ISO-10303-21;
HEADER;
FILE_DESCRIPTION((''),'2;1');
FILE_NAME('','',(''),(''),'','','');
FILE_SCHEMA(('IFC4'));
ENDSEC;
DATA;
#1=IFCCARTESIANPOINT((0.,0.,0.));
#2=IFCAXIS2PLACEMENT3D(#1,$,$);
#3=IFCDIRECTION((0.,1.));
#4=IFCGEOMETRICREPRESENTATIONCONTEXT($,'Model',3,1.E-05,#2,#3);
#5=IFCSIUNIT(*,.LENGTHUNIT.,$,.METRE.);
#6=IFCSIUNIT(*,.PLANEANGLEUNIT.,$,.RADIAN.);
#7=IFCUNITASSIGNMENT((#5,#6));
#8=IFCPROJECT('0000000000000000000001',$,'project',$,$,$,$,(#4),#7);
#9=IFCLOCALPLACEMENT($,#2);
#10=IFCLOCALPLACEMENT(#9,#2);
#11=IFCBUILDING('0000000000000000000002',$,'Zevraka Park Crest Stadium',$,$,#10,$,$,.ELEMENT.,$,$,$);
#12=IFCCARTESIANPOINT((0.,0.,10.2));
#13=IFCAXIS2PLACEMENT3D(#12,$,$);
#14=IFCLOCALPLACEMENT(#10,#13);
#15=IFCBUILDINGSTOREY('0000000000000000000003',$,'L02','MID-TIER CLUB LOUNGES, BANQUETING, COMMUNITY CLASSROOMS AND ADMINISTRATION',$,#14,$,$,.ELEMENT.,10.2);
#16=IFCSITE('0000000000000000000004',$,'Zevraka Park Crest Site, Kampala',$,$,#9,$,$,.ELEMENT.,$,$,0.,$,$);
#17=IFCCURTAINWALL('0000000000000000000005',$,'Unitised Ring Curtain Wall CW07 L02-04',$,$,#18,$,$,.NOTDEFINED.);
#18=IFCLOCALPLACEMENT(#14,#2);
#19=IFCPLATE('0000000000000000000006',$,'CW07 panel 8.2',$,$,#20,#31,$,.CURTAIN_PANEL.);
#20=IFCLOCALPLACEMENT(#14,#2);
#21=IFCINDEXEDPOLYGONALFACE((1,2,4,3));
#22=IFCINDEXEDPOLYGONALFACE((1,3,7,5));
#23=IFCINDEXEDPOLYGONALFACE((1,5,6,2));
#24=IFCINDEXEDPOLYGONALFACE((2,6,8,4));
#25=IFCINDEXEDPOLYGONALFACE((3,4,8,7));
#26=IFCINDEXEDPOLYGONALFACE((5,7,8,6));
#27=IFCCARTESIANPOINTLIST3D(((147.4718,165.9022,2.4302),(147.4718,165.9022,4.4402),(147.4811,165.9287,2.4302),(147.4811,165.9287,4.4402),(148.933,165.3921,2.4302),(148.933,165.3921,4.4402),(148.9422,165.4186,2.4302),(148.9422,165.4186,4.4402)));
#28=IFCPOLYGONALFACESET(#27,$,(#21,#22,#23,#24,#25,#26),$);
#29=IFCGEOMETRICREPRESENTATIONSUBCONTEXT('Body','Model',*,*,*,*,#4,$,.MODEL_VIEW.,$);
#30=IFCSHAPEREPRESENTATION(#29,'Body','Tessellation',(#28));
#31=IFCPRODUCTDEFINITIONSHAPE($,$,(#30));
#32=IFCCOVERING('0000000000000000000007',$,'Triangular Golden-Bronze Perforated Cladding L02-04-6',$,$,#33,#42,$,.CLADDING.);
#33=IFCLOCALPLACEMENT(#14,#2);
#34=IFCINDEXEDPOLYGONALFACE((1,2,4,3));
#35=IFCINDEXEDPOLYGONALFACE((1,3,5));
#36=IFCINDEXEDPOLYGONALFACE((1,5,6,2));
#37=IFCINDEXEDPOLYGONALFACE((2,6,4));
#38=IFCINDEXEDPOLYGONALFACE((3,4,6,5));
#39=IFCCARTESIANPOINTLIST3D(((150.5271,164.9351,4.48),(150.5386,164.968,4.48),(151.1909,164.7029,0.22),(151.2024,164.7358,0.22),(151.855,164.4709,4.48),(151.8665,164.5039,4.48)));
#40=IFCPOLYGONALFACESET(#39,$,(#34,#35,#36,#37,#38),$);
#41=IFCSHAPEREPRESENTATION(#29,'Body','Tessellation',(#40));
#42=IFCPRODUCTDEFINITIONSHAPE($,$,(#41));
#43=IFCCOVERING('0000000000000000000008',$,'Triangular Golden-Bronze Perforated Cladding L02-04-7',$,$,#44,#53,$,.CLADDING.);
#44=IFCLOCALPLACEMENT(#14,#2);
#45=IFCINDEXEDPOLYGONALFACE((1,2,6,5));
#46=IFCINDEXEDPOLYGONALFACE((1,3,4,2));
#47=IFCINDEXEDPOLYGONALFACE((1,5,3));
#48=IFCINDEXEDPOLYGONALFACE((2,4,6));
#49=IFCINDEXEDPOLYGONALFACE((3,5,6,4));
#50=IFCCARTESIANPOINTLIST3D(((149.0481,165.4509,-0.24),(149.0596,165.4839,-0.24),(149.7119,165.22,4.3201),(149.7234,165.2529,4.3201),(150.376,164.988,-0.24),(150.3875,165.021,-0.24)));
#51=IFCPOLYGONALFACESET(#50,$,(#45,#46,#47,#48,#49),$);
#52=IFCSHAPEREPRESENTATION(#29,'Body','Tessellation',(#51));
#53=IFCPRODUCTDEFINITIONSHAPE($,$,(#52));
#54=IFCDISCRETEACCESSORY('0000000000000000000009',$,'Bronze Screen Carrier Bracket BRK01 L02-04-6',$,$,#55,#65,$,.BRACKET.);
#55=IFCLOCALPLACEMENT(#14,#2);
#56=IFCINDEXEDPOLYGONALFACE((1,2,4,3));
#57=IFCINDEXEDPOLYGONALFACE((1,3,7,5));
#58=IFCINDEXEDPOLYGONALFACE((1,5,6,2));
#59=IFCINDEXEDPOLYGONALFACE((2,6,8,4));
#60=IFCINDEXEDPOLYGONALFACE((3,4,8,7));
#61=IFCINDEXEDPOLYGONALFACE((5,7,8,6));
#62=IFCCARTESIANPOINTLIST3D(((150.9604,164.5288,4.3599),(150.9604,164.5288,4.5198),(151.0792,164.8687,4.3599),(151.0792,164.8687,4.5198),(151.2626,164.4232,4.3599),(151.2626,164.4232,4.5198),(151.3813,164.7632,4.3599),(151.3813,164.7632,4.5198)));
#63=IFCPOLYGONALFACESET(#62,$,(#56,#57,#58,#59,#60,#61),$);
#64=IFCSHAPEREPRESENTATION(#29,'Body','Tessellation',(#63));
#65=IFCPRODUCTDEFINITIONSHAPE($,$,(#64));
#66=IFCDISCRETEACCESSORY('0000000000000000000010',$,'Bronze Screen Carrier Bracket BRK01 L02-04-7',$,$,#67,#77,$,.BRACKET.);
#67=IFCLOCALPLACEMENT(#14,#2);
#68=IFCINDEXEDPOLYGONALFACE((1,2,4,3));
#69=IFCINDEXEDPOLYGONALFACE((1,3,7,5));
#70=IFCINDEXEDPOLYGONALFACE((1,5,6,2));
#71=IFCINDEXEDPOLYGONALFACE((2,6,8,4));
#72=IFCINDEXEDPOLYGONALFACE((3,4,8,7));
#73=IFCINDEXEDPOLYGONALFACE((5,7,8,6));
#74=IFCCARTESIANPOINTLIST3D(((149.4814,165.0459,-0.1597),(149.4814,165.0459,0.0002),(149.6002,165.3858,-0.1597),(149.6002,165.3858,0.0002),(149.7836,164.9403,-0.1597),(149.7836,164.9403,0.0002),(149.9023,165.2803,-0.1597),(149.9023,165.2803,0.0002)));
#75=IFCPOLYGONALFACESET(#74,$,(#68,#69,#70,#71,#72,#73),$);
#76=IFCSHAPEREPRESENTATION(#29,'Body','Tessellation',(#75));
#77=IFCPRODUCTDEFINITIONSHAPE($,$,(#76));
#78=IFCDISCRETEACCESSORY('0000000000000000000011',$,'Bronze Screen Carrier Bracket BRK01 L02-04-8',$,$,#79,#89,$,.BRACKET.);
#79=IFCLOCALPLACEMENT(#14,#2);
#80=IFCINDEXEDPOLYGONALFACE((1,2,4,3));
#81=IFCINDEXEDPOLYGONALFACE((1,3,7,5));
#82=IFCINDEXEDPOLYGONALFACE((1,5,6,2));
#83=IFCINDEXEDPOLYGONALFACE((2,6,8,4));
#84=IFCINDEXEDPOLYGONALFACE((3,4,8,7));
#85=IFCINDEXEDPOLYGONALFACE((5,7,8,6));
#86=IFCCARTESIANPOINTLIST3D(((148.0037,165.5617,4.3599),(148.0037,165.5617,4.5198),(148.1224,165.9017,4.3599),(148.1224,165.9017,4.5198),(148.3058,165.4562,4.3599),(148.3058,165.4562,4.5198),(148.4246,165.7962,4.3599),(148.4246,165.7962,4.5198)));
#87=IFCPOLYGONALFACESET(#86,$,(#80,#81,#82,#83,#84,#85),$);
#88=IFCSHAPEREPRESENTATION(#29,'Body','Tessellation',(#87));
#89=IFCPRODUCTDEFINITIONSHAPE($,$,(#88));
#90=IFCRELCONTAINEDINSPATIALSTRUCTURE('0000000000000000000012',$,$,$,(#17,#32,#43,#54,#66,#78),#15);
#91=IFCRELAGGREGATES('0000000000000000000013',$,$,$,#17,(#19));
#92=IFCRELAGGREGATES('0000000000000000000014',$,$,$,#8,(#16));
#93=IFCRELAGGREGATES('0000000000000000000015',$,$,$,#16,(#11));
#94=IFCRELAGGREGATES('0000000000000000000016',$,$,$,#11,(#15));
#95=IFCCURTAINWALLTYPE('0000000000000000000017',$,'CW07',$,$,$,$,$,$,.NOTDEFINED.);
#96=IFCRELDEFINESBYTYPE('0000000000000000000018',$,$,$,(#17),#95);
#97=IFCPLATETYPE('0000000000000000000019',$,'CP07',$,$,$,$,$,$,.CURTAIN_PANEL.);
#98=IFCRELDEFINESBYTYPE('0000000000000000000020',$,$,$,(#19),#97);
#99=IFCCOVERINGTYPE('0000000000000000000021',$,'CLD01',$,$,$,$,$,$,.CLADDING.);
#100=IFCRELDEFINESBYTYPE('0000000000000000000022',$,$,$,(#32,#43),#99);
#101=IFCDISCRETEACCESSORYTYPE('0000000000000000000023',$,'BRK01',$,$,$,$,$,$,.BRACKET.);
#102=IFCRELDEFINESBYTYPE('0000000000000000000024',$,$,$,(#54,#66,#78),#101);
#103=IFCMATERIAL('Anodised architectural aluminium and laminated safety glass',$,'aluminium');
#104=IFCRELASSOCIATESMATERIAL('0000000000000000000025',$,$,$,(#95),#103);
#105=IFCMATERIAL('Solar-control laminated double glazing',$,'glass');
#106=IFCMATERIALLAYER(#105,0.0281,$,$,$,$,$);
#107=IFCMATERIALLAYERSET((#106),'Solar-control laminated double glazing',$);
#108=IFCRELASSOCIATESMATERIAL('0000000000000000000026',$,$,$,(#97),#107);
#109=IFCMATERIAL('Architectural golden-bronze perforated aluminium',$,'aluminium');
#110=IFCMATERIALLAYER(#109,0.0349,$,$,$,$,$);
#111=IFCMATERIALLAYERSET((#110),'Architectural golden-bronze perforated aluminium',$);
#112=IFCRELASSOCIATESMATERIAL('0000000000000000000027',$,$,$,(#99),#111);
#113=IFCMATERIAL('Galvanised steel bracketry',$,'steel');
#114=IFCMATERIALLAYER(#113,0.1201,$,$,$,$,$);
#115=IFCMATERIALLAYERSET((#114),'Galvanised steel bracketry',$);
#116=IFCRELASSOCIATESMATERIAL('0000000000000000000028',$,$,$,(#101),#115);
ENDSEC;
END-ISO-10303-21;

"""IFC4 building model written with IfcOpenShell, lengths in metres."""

from ifc_helpers import new_model, si_unit, direction, frame, origin, origin_2d, place, context, subcontext, project, spatial, polyline, rectangle, outline, extrude, material, layer, layer_set, type_object, element, aggregate, save


model = new_model("IFC4")

# Units and contexts
model_context = context("Model", 3, precision=1e-05, world=origin(), true_north=direction((0.0, 1.0)))
body_context = subcontext(model_context, "Body", "Model", "MODEL_VIEW")
ifc_project = project(units=[si_unit("LENGTHUNIT", "METRE"), si_unit("PLANEANGLEUNIT", "RADIAN")], contexts=[model_context])

# Site, building, storey
site_placement = place(None, origin())
site = spatial("IfcSite", under=ifc_project, at=site_placement, Name="Zevraka Park Crest Site, Kampala", CompositionType="ELEMENT", RefElevation=0.0)
building_placement = place(site_placement, origin())
building = spatial("IfcBuilding", under=site, at=building_placement, Name="Zevraka Park Crest Stadium", CompositionType="ELEMENT")
storey_placement = place(building_placement, frame((0.0, 0.0, 10.2)))
storey = spatial("IfcBuildingStorey", under=building, at=storey_placement, Name="L02", Description="MID-TIER CLUB LOUNGES, BANQUETING, COMMUNITY CLASSROOMS AND ADMINISTRATION", CompositionType="ELEMENT", Elevation=10.2)

# Curtain wall, plate
ifc_material_1 = material(Name="Anodised architectural aluminium and laminated safety glass", Category="aluminium")
curtain_wall_type = type_object("IfcCurtainWallType", Name="CW07", PredefinedType="NOTDEFINED", material=ifc_material_1)
curtain_wall_placement = place(storey_placement, origin())
curtain_wall = element("IfcCurtainWall", 1, at=curtain_wall_placement, inside=storey, type_object=curtain_wall_type, Name="Unitised Ring Curtain Wall CW07 L02-04", PredefinedType="NOTDEFINED")
ifc_material_2 = material(Name="Solar-control laminated double glazing", Category="glass")
ifc_layer_1 = layer(ifc_material_2, 0.0281)
ifc_layer_set_1 = layer_set([ifc_layer_1], Name="Solar-control laminated double glazing")
plate_type = type_object("IfcPlateType", Name="CP07", PredefinedType="CURTAIN_PANEL", material=ifc_layer_set_1)
plate_1_placement = place(storey_placement, frame((148.207, 165.6604, 2.4302), z_axis=(0.0, 0.0, 1.0), x_axis=(-0.944114, 0.329619, 0.0)))
plate_1 = element("IfcPlate", 2, at=plate_1_placement, type_object=plate_type, Name="CW07 panel 8.2", PredefinedType="CURTAIN_PANEL", context=body_context, shape_type="SweptSolid", body=[
    extrude(rectangle(XDim=1.5476, YDim=0.0281, at=origin_2d()), origin(), (0.0, 0.0, 1.0), 2.01),
])
aggregate(curtain_wall, [plate_1])

# Coverings
ifc_material_3 = material(Name="Architectural golden-bronze perforated aluminium", Category="aluminium")
ifc_layer_2 = layer(ifc_material_3, 0.0349)
ifc_layer_set_2 = layer_set([ifc_layer_2], Name="Architectural golden-bronze perforated aluminium")
covering_type = type_object("IfcCoveringType", Name="CLD01", PredefinedType="CLADDING", material=ifc_layer_set_2)
covering_1_placement = place(storey_placement, frame((150.5271, 164.9351, 4.48), z_axis=(-0.329941, -0.944002, 0.000037), x_axis=(0.944002, -0.329941, 0.0)))
element("IfcCovering", 3, at=covering_1_placement, inside=storey, type_object=covering_type, Name="Triangular Golden-Bronze Perforated Cladding L02-04-6", PredefinedType="CLADDING", context=body_context, shape_type="SweptSolid", body=[
    extrude(outline(polyline([(0.0, 0.0), (1.4067, 0.0), (0.7033, -4.26), (0.0, 0.0)])), origin(), (0.0, 0.0, -1.0), 0.0349),
])
covering_2_placement = place(storey_placement, frame((150.376, 164.988, -0.24), z_axis=(-0.329167, -0.944272, 0.000092), x_axis=(-0.944272, 0.329167, 0.0)))
element("IfcCovering", 4, at=covering_2_placement, inside=storey, type_object=covering_type, Name="Triangular Golden-Bronze Perforated Cladding L02-04-7", PredefinedType="CLADDING", context=body_context, shape_type="SweptSolid", body=[
    extrude(outline(polyline([(0.0, 0.0), (1.4062, 0.0), (0.7034, -4.5601), (0.0, 0.0)])), origin(), (0.0, 0.0, -1.0), 0.0349),
])

# Discrete accessories
ifc_material_4 = material(Name="Galvanised steel bracketry", Category="steel")
ifc_layer_3 = layer(ifc_material_4, 0.1201)
ifc_layer_set_3 = layer_set([ifc_layer_3], Name="Galvanised steel bracketry")
discrete_accessory_type = type_object("IfcDiscreteAccessoryType", Name="BRK01", PredefinedType="BRACKET", material=ifc_layer_set_3)
for number, where, z_axis, x_axis, name in (
    (5, (151.1709, 164.646, 4.3599), (0.0, 0.0, 1.0), (-0.944089, 0.329691, 0.0), "Bronze Screen Carrier Bracket BRK01 L02-04-6"),
    (6, (149.6919, 165.1631, -0.1597), (0.0, 0.0, 1.0), (-0.944089, 0.329691, 0.0), "Bronze Screen Carrier Bracket BRK01 L02-04-7"),
    (7, (148.2141, 165.679, 4.3599), (0.0, 0.0, 1.0), (-0.944089, 0.329691, 0.0), "Bronze Screen Carrier Bracket BRK01 L02-04-8"),
):
    element("IfcDiscreteAccessory", number, at=place(storey_placement, frame(where, z_axis=z_axis, x_axis=x_axis)), inside=storey, type_object=discrete_accessory_type, Name=name, PredefinedType="BRACKET", context=body_context, shape_type="SweptSolid", body=[
        extrude(rectangle(XDim=0.3201, YDim=0.3601, at=origin_2d()), origin(), (0.0, 0.0, 1.0), 0.1599),
    ])

save(model, "model.ifc")
